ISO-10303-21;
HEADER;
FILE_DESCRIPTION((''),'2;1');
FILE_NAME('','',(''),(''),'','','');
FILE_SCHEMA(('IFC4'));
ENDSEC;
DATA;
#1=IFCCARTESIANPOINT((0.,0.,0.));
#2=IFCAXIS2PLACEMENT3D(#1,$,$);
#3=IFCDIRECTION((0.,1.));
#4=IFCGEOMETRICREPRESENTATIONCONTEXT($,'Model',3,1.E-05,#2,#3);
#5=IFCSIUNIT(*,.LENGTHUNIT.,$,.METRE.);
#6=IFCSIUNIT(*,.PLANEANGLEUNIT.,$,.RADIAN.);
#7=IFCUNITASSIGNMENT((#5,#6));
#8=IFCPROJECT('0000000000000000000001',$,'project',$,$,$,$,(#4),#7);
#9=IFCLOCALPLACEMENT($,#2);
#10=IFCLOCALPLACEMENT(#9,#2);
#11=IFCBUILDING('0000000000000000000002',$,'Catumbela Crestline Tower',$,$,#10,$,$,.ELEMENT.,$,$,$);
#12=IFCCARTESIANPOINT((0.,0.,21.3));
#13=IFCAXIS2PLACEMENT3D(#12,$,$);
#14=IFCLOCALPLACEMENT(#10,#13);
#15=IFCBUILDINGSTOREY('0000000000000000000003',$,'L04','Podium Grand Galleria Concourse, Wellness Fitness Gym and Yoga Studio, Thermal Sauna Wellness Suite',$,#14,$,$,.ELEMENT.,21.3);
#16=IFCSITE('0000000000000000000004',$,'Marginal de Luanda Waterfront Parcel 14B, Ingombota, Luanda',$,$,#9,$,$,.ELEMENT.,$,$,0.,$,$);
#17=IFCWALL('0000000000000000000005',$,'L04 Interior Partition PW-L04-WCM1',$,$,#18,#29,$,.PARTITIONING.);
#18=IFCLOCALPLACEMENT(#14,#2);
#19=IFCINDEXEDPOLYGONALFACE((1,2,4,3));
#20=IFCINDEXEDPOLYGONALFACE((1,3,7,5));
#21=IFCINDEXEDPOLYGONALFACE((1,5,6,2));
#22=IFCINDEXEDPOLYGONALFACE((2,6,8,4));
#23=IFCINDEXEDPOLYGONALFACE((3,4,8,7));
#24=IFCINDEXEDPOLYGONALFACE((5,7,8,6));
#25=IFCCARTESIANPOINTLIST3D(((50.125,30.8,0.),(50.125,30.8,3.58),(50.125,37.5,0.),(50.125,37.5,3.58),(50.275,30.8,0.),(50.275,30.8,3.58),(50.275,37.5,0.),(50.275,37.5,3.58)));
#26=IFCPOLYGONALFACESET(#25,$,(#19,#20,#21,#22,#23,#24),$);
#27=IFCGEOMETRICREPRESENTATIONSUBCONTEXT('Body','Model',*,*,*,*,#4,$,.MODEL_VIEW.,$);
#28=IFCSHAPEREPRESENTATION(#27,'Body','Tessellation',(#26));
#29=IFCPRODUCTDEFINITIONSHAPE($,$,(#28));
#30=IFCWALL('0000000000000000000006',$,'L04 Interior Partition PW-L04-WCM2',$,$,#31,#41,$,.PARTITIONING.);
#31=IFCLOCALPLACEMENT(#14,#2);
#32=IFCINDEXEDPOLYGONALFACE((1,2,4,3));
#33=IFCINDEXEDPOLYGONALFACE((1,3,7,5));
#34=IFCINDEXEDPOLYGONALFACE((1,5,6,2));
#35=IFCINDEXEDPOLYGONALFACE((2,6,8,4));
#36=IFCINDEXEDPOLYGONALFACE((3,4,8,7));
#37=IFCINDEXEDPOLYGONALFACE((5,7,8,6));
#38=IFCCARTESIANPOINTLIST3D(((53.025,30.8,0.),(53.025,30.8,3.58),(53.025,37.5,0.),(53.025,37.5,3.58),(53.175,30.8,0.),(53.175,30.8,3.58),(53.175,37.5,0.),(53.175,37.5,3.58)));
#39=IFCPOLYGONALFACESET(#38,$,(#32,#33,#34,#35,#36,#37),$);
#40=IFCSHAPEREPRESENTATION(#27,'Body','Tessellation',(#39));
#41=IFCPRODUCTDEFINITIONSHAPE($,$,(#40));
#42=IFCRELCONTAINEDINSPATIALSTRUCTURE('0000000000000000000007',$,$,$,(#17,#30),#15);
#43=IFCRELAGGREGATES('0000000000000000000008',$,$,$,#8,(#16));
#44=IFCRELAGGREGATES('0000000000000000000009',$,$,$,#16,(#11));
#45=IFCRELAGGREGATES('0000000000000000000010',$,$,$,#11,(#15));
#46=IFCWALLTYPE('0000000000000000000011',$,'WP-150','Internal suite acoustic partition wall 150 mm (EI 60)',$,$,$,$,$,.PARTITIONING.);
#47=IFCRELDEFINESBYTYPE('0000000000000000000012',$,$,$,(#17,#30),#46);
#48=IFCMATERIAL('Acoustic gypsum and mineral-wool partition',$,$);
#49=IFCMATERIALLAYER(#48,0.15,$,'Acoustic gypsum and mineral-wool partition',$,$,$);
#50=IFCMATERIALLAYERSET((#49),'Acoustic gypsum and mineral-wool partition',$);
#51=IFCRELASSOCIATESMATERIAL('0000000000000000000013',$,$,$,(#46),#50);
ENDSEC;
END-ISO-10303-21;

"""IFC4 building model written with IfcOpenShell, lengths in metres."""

from ifc_helpers import new_model, si_unit, direction, frame, frame_2d, origin, place, context, subcontext, project, spatial, rectangle, extrude, material, layer, layer_set, type_object, element, save


model = new_model("IFC4")

# Units and contexts
model_context = context("Model", 3, precision=1e-05, world=origin(), true_north=direction((0.0, 1.0)))
body_context = subcontext(model_context, "Body", "Model", "MODEL_VIEW")
ifc_project = project(units=[si_unit("LENGTHUNIT", "METRE"), si_unit("PLANEANGLEUNIT", "RADIAN")], contexts=[model_context])

# Site, building, storey
site_placement = place(None, origin())
site = spatial("IfcSite", under=ifc_project, at=site_placement, Name="Marginal de Luanda Waterfront Parcel 14B, Ingombota, Luanda", CompositionType="ELEMENT", RefElevation=0.0)
building_placement = place(site_placement, origin())
building = spatial("IfcBuilding", under=site, at=building_placement, Name="Catumbela Crestline Tower", CompositionType="ELEMENT")
storey_placement = place(building_placement, frame((0.0, 0.0, 21.3)))
storey = spatial("IfcBuildingStorey", under=building, at=storey_placement, Name="L04", Description="Podium Grand Galleria Concourse, Wellness Fitness Gym and Yoga Studio, Thermal Sauna Wellness Suite", CompositionType="ELEMENT", Elevation=21.3)

# Shared definitions
ifc_material_1 = material(Name="Acoustic gypsum and mineral-wool partition")
ifc_layer_1 = layer(ifc_material_1, 0.15, Name="Acoustic gypsum and mineral-wool partition")
ifc_layer_set_1 = layer_set([ifc_layer_1], Name="Acoustic gypsum and mineral-wool partition")
wall_type_1 = type_object("IfcWallType", Name="WP-150", Description="Internal suite acoustic partition wall 150 mm (EI 60)", PredefinedType="PARTITIONING", material=ifc_layer_set_1)

# Walls
for number, where, z_axis, x_axis, name in (
    (1, (50.2, 30.8, 0.0), (0.0, 0.0, 1.0), (0.0, 1.0, 0.0), "L04 Interior Partition PW-L04-WCM1"),
    (2, (53.1, 30.8, 0.0), (0.0, 0.0, 1.0), (0.0, 1.0, 0.0), "L04 Interior Partition PW-L04-WCM2"),
):
    element("IfcWall", number, at=place(storey_placement, frame(where, z_axis=z_axis, x_axis=x_axis)), inside=storey, type_object=wall_type_1, Name=name, PredefinedType="PARTITIONING", context=body_context, shape_type="SweptSolid", body=[
        extrude(rectangle(XDim=6.7, YDim=0.15, at=frame_2d((3.35, 0.0))), origin(), (0.0, 0.0, 1.0), 3.58),
    ])

save(model, "model.ifc")
